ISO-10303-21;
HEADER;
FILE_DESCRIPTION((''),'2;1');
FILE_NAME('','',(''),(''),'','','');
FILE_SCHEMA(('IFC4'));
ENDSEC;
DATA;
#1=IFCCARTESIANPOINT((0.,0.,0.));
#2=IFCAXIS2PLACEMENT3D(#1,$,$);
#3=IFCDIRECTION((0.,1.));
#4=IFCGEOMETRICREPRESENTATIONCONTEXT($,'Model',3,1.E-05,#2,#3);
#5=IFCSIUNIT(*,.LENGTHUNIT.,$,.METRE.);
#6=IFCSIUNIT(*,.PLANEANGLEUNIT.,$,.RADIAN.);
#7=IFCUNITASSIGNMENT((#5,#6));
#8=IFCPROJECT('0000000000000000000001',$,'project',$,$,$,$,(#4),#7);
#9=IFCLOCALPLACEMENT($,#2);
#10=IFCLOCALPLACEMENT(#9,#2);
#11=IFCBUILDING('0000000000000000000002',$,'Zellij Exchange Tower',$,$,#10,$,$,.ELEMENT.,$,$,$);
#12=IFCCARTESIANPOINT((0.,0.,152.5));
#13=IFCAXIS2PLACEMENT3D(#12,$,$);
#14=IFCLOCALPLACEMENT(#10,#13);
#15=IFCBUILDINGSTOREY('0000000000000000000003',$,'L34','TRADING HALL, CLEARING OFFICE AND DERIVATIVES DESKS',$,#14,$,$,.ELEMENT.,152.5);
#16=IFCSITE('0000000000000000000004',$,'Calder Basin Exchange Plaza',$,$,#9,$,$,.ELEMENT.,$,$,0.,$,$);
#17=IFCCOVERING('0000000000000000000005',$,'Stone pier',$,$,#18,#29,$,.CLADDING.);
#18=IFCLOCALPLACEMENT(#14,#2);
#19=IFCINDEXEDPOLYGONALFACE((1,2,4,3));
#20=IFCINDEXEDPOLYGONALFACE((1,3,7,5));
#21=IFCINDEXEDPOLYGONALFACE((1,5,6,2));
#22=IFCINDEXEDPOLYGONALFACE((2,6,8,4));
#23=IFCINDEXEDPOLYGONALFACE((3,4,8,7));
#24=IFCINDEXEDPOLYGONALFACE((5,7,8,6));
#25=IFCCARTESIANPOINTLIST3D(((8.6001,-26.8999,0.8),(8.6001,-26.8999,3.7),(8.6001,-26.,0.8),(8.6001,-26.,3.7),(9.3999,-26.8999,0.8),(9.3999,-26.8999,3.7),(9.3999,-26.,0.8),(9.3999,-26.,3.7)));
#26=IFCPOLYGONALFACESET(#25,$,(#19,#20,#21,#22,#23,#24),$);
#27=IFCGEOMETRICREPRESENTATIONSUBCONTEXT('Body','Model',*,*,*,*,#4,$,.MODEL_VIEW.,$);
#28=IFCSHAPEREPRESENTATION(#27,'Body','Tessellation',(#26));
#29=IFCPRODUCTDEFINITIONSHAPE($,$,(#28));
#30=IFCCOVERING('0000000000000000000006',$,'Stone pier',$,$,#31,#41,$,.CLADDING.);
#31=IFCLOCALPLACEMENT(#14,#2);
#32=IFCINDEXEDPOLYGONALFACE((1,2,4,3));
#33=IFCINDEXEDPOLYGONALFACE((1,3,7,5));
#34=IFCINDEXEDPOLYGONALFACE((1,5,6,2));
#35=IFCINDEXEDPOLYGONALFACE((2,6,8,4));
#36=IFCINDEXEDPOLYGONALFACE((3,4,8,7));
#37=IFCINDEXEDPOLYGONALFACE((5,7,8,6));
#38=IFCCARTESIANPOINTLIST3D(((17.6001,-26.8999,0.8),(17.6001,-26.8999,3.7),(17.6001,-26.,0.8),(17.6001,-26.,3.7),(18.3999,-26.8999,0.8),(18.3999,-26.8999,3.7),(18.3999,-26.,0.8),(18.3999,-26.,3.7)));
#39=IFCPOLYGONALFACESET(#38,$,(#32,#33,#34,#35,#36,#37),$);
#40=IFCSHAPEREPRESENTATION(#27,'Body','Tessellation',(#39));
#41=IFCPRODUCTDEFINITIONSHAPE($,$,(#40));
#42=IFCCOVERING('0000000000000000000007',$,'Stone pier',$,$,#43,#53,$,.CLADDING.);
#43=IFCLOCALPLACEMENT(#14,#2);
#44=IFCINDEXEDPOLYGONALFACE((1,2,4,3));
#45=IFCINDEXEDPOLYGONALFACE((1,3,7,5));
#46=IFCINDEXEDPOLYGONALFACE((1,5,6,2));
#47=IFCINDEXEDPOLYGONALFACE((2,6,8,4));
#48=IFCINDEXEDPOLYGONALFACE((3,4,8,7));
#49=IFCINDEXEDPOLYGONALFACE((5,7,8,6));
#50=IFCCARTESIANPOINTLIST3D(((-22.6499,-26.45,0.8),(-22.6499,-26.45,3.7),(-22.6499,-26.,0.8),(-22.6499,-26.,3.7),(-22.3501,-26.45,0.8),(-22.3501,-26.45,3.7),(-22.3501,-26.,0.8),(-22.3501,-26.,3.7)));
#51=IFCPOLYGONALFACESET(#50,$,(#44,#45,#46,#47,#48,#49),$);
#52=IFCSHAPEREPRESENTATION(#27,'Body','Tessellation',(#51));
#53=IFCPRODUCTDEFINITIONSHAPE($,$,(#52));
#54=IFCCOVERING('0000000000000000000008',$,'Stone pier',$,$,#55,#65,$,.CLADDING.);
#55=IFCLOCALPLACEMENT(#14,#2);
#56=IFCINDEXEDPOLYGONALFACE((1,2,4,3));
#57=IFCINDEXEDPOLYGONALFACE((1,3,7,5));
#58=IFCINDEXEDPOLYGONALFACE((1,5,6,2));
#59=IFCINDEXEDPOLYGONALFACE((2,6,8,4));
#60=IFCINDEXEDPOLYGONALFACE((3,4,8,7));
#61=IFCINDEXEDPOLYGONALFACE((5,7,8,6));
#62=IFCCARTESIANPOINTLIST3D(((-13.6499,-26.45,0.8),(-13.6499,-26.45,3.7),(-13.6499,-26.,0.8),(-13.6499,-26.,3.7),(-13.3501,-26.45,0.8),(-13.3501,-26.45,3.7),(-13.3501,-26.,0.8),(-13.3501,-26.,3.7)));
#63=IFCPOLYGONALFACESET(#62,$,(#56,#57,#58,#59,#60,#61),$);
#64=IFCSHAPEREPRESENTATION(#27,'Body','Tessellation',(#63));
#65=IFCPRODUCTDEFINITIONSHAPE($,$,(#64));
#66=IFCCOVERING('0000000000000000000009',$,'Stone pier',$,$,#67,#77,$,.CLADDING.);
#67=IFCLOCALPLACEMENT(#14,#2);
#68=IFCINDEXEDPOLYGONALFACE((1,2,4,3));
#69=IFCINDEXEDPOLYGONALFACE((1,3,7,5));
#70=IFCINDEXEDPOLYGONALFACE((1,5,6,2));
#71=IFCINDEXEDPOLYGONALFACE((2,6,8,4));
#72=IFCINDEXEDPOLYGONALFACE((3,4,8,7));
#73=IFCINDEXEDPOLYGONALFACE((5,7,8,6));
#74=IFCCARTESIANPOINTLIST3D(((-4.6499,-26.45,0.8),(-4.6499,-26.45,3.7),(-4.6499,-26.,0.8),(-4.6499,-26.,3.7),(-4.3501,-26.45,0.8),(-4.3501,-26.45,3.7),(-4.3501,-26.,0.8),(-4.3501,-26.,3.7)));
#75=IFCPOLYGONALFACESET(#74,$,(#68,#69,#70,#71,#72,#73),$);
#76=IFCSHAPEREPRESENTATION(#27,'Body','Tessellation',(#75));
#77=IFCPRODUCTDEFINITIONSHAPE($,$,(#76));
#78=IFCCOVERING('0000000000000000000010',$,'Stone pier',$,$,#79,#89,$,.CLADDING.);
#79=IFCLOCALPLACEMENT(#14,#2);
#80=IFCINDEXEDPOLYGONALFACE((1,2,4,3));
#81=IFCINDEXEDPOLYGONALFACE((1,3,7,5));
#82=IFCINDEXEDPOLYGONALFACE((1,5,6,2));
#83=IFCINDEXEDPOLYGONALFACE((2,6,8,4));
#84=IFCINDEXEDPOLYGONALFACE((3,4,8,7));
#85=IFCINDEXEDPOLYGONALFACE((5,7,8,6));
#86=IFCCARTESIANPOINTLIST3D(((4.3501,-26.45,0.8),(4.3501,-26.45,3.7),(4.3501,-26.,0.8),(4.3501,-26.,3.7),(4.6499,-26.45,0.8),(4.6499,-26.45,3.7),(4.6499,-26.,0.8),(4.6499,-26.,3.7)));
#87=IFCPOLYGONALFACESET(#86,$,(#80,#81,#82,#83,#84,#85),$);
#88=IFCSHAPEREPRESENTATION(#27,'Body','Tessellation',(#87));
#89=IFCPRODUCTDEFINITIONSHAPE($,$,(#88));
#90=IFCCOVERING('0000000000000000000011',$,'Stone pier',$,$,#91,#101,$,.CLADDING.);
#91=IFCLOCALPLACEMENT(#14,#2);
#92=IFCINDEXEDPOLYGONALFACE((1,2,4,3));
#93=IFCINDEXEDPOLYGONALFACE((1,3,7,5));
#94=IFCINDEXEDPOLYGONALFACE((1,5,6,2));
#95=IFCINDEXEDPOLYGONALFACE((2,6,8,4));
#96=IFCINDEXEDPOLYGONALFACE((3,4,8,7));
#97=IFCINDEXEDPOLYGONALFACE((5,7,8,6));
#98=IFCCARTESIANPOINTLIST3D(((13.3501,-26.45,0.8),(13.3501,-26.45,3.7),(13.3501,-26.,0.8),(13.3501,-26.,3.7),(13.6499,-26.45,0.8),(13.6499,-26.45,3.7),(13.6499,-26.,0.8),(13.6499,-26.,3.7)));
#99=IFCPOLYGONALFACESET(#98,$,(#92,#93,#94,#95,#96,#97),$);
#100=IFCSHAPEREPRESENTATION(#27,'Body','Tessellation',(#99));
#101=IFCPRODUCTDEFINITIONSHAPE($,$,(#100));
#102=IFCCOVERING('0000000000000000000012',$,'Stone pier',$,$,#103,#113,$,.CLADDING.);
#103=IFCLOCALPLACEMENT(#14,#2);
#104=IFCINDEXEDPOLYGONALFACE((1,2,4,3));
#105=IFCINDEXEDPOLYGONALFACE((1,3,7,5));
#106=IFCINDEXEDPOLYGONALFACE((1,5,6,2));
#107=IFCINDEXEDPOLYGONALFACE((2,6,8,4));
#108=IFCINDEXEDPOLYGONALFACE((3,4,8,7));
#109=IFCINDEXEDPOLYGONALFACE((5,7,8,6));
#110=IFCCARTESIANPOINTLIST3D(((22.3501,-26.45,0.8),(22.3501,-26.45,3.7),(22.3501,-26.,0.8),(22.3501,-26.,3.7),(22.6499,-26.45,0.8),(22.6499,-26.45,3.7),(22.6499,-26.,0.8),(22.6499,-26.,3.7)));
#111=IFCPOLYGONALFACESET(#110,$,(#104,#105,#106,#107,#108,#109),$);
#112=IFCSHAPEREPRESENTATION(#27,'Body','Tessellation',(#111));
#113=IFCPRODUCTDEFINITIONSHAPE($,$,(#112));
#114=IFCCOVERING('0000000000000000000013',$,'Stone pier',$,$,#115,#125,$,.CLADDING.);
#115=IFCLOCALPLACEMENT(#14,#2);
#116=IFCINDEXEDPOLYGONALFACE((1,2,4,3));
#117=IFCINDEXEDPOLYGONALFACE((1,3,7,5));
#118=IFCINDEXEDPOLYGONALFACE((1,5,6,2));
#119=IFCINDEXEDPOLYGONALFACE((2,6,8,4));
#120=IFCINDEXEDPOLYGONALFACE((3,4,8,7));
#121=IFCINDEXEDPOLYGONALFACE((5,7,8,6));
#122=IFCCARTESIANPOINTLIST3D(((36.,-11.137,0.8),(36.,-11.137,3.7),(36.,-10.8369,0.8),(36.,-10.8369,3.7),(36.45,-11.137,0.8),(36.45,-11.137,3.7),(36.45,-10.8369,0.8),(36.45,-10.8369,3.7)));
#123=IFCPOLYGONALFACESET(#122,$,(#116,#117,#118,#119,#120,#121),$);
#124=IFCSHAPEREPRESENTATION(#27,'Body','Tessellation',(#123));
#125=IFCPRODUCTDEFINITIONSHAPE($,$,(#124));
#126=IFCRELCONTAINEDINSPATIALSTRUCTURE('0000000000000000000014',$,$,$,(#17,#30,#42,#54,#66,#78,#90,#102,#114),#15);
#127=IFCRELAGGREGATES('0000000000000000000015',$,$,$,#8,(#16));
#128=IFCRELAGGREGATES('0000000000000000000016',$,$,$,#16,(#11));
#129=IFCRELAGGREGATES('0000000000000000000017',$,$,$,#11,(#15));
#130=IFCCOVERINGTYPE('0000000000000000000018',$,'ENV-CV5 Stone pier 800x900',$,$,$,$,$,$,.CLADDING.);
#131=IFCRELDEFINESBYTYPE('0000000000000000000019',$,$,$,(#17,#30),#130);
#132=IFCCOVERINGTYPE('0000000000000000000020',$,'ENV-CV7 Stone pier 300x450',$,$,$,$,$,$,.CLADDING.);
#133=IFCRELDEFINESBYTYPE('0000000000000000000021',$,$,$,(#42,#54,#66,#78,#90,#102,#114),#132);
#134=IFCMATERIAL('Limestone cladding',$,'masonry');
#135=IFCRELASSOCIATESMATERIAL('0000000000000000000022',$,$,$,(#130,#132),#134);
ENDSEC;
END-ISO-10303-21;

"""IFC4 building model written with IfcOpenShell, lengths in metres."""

from ifc_helpers import new_model, si_unit, direction, frame, origin, place, context, subcontext, project, spatial, polyline, outline, extrude, material, type_object, element, save


model = new_model("IFC4")

# Units and contexts
model_context = context("Model", 3, precision=1e-05, world=origin(), true_north=direction((0.0, 1.0)))
body_context = subcontext(model_context, "Body", "Model", "MODEL_VIEW")
ifc_project = project(units=[si_unit("LENGTHUNIT", "METRE"), si_unit("PLANEANGLEUNIT", "RADIAN")], contexts=[model_context])

# Site, building, storey
site_placement = place(None, origin())
site = spatial("IfcSite", under=ifc_project, at=site_placement, Name="Calder Basin Exchange Plaza", CompositionType="ELEMENT", RefElevation=0.0)
building_placement = place(site_placement, origin())
building = spatial("IfcBuilding", under=site, at=building_placement, Name="Zellij Exchange Tower", CompositionType="ELEMENT")
storey_placement = place(building_placement, frame((0.0, 0.0, 152.5)))
storey = spatial("IfcBuildingStorey", under=building, at=storey_placement, Name="L34", Description="TRADING HALL, CLEARING OFFICE AND DERIVATIVES DESKS", CompositionType="ELEMENT", Elevation=152.5)

# Coverings
ifc_material_1 = material(Name="Limestone cladding", Category="masonry")
covering_type_1 = type_object("IfcCoveringType", Name="ENV-CV5 Stone pier 800x900", PredefinedType="CLADDING", material=ifc_material_1)
covering_1_placement = place(storey_placement, frame((0.0, 0.0, 0.8)))
element("IfcCovering", 1, at=covering_1_placement, inside=storey, type_object=covering_type_1, Name="Stone pier", PredefinedType="CLADDING", context=body_context, shape_type="SweptSolid", body=[
    extrude(outline(polyline([(8.6001, -26.0), (9.3999, -26.0), (9.3999, -26.8999), (8.6001, -26.8999), (8.6001, -26.0)])), origin(), (0.0, 0.0, 1.0), 2.8999),
])
covering_2_placement = place(storey_placement, frame((0.0, 0.0, 0.8)))
element("IfcCovering", 2, at=covering_2_placement, inside=storey, type_object=covering_type_1, Name="Stone pier", PredefinedType="CLADDING", context=body_context, shape_type="SweptSolid", body=[
    extrude(outline(polyline([(17.6001, -26.0), (18.3999, -26.0), (18.3999, -26.8999), (17.6001, -26.8999), (17.6001, -26.0)])), origin(), (0.0, 0.0, 1.0), 2.8999),
])
covering_type_2 = type_object("IfcCoveringType", Name="ENV-CV7 Stone pier 300x450", PredefinedType="CLADDING", material=ifc_material_1)
covering_3_placement = place(storey_placement, frame((0.0, 0.0, 0.8)))
element("IfcCovering", 3, at=covering_3_placement, inside=storey, type_object=covering_type_2, Name="Stone pier", PredefinedType="CLADDING", context=body_context, shape_type="SweptSolid", body=[
    extrude(outline(polyline([(-22.6499, -26.0), (-22.3501, -26.0), (-22.3501, -26.45), (-22.6499, -26.45), (-22.6499, -26.0)])), origin(), (0.0, 0.0, 1.0), 2.8999),
])
covering_4_placement = place(storey_placement, frame((0.0, 0.0, 0.8)))
element("IfcCovering", 4, at=covering_4_placement, inside=storey, type_object=covering_type_2, Name="Stone pier", PredefinedType="CLADDING", context=body_context, shape_type="SweptSolid", body=[
    extrude(outline(polyline([(-13.6499, -26.0), (-13.3501, -26.0), (-13.3501, -26.45), (-13.6499, -26.45), (-13.6499, -26.0)])), origin(), (0.0, 0.0, 1.0), 2.8999),
])
covering_5_placement = place(storey_placement, frame((0.0, 0.0, 0.8)))
element("IfcCovering", 5, at=covering_5_placement, inside=storey, type_object=covering_type_2, Name="Stone pier", PredefinedType="CLADDING", context=body_context, shape_type="SweptSolid", body=[
    extrude(outline(polyline([(-4.6499, -26.0), (-4.3501, -26.0), (-4.3501, -26.45), (-4.6499, -26.45), (-4.6499, -26.0)])), origin(), (0.0, 0.0, 1.0), 2.8999),
])
covering_6_placement = place(storey_placement, frame((0.0, 0.0, 0.8)))
element("IfcCovering", 6, at=covering_6_placement, inside=storey, type_object=covering_type_2, Name="Stone pier", PredefinedType="CLADDING", context=body_context, shape_type="SweptSolid", body=[
    extrude(outline(polyline([(4.3501, -26.0), (4.6499, -26.0), (4.6499, -26.45), (4.3501, -26.45), (4.3501, -26.0)])), origin(), (0.0, 0.0, 1.0), 2.8999),
])
covering_7_placement = place(storey_placement, frame((0.0, 0.0, 0.8)))
element("IfcCovering", 7, at=covering_7_placement, inside=storey, type_object=covering_type_2, Name="Stone pier", PredefinedType="CLADDING", context=body_context, shape_type="SweptSolid", body=[
    extrude(outline(polyline([(13.3501, -26.0), (13.6499, -26.0), (13.6499, -26.45), (13.3501, -26.45), (13.3501, -26.0)])), origin(), (0.0, 0.0, 1.0), 2.8999),
])
covering_8_placement = place(storey_placement, frame((0.0, 0.0, 0.8)))
element("IfcCovering", 8, at=covering_8_placement, inside=storey, type_object=covering_type_2, Name="Stone pier", PredefinedType="CLADDING", context=body_context, shape_type="SweptSolid", body=[
    extrude(outline(polyline([(22.3501, -26.0), (22.6499, -26.0), (22.6499, -26.45), (22.3501, -26.45), (22.3501, -26.0)])), origin(), (0.0, 0.0, 1.0), 2.8999),
])
covering_9_placement = place(storey_placement, frame((0.0, 0.0, 0.8)))
element("IfcCovering", 9, at=covering_9_placement, inside=storey, type_object=covering_type_2, Name="Stone pier", PredefinedType="CLADDING", context=body_context, shape_type="SweptSolid", body=[
    extrude(outline(polyline([(36.0, -11.137), (36.0, -10.8369), (36.45, -10.8369), (36.45, -11.137), (36.0, -11.137)])), origin(), (0.0, 0.0, 1.0), 2.8999),
])

save(model, "model.ifc")
